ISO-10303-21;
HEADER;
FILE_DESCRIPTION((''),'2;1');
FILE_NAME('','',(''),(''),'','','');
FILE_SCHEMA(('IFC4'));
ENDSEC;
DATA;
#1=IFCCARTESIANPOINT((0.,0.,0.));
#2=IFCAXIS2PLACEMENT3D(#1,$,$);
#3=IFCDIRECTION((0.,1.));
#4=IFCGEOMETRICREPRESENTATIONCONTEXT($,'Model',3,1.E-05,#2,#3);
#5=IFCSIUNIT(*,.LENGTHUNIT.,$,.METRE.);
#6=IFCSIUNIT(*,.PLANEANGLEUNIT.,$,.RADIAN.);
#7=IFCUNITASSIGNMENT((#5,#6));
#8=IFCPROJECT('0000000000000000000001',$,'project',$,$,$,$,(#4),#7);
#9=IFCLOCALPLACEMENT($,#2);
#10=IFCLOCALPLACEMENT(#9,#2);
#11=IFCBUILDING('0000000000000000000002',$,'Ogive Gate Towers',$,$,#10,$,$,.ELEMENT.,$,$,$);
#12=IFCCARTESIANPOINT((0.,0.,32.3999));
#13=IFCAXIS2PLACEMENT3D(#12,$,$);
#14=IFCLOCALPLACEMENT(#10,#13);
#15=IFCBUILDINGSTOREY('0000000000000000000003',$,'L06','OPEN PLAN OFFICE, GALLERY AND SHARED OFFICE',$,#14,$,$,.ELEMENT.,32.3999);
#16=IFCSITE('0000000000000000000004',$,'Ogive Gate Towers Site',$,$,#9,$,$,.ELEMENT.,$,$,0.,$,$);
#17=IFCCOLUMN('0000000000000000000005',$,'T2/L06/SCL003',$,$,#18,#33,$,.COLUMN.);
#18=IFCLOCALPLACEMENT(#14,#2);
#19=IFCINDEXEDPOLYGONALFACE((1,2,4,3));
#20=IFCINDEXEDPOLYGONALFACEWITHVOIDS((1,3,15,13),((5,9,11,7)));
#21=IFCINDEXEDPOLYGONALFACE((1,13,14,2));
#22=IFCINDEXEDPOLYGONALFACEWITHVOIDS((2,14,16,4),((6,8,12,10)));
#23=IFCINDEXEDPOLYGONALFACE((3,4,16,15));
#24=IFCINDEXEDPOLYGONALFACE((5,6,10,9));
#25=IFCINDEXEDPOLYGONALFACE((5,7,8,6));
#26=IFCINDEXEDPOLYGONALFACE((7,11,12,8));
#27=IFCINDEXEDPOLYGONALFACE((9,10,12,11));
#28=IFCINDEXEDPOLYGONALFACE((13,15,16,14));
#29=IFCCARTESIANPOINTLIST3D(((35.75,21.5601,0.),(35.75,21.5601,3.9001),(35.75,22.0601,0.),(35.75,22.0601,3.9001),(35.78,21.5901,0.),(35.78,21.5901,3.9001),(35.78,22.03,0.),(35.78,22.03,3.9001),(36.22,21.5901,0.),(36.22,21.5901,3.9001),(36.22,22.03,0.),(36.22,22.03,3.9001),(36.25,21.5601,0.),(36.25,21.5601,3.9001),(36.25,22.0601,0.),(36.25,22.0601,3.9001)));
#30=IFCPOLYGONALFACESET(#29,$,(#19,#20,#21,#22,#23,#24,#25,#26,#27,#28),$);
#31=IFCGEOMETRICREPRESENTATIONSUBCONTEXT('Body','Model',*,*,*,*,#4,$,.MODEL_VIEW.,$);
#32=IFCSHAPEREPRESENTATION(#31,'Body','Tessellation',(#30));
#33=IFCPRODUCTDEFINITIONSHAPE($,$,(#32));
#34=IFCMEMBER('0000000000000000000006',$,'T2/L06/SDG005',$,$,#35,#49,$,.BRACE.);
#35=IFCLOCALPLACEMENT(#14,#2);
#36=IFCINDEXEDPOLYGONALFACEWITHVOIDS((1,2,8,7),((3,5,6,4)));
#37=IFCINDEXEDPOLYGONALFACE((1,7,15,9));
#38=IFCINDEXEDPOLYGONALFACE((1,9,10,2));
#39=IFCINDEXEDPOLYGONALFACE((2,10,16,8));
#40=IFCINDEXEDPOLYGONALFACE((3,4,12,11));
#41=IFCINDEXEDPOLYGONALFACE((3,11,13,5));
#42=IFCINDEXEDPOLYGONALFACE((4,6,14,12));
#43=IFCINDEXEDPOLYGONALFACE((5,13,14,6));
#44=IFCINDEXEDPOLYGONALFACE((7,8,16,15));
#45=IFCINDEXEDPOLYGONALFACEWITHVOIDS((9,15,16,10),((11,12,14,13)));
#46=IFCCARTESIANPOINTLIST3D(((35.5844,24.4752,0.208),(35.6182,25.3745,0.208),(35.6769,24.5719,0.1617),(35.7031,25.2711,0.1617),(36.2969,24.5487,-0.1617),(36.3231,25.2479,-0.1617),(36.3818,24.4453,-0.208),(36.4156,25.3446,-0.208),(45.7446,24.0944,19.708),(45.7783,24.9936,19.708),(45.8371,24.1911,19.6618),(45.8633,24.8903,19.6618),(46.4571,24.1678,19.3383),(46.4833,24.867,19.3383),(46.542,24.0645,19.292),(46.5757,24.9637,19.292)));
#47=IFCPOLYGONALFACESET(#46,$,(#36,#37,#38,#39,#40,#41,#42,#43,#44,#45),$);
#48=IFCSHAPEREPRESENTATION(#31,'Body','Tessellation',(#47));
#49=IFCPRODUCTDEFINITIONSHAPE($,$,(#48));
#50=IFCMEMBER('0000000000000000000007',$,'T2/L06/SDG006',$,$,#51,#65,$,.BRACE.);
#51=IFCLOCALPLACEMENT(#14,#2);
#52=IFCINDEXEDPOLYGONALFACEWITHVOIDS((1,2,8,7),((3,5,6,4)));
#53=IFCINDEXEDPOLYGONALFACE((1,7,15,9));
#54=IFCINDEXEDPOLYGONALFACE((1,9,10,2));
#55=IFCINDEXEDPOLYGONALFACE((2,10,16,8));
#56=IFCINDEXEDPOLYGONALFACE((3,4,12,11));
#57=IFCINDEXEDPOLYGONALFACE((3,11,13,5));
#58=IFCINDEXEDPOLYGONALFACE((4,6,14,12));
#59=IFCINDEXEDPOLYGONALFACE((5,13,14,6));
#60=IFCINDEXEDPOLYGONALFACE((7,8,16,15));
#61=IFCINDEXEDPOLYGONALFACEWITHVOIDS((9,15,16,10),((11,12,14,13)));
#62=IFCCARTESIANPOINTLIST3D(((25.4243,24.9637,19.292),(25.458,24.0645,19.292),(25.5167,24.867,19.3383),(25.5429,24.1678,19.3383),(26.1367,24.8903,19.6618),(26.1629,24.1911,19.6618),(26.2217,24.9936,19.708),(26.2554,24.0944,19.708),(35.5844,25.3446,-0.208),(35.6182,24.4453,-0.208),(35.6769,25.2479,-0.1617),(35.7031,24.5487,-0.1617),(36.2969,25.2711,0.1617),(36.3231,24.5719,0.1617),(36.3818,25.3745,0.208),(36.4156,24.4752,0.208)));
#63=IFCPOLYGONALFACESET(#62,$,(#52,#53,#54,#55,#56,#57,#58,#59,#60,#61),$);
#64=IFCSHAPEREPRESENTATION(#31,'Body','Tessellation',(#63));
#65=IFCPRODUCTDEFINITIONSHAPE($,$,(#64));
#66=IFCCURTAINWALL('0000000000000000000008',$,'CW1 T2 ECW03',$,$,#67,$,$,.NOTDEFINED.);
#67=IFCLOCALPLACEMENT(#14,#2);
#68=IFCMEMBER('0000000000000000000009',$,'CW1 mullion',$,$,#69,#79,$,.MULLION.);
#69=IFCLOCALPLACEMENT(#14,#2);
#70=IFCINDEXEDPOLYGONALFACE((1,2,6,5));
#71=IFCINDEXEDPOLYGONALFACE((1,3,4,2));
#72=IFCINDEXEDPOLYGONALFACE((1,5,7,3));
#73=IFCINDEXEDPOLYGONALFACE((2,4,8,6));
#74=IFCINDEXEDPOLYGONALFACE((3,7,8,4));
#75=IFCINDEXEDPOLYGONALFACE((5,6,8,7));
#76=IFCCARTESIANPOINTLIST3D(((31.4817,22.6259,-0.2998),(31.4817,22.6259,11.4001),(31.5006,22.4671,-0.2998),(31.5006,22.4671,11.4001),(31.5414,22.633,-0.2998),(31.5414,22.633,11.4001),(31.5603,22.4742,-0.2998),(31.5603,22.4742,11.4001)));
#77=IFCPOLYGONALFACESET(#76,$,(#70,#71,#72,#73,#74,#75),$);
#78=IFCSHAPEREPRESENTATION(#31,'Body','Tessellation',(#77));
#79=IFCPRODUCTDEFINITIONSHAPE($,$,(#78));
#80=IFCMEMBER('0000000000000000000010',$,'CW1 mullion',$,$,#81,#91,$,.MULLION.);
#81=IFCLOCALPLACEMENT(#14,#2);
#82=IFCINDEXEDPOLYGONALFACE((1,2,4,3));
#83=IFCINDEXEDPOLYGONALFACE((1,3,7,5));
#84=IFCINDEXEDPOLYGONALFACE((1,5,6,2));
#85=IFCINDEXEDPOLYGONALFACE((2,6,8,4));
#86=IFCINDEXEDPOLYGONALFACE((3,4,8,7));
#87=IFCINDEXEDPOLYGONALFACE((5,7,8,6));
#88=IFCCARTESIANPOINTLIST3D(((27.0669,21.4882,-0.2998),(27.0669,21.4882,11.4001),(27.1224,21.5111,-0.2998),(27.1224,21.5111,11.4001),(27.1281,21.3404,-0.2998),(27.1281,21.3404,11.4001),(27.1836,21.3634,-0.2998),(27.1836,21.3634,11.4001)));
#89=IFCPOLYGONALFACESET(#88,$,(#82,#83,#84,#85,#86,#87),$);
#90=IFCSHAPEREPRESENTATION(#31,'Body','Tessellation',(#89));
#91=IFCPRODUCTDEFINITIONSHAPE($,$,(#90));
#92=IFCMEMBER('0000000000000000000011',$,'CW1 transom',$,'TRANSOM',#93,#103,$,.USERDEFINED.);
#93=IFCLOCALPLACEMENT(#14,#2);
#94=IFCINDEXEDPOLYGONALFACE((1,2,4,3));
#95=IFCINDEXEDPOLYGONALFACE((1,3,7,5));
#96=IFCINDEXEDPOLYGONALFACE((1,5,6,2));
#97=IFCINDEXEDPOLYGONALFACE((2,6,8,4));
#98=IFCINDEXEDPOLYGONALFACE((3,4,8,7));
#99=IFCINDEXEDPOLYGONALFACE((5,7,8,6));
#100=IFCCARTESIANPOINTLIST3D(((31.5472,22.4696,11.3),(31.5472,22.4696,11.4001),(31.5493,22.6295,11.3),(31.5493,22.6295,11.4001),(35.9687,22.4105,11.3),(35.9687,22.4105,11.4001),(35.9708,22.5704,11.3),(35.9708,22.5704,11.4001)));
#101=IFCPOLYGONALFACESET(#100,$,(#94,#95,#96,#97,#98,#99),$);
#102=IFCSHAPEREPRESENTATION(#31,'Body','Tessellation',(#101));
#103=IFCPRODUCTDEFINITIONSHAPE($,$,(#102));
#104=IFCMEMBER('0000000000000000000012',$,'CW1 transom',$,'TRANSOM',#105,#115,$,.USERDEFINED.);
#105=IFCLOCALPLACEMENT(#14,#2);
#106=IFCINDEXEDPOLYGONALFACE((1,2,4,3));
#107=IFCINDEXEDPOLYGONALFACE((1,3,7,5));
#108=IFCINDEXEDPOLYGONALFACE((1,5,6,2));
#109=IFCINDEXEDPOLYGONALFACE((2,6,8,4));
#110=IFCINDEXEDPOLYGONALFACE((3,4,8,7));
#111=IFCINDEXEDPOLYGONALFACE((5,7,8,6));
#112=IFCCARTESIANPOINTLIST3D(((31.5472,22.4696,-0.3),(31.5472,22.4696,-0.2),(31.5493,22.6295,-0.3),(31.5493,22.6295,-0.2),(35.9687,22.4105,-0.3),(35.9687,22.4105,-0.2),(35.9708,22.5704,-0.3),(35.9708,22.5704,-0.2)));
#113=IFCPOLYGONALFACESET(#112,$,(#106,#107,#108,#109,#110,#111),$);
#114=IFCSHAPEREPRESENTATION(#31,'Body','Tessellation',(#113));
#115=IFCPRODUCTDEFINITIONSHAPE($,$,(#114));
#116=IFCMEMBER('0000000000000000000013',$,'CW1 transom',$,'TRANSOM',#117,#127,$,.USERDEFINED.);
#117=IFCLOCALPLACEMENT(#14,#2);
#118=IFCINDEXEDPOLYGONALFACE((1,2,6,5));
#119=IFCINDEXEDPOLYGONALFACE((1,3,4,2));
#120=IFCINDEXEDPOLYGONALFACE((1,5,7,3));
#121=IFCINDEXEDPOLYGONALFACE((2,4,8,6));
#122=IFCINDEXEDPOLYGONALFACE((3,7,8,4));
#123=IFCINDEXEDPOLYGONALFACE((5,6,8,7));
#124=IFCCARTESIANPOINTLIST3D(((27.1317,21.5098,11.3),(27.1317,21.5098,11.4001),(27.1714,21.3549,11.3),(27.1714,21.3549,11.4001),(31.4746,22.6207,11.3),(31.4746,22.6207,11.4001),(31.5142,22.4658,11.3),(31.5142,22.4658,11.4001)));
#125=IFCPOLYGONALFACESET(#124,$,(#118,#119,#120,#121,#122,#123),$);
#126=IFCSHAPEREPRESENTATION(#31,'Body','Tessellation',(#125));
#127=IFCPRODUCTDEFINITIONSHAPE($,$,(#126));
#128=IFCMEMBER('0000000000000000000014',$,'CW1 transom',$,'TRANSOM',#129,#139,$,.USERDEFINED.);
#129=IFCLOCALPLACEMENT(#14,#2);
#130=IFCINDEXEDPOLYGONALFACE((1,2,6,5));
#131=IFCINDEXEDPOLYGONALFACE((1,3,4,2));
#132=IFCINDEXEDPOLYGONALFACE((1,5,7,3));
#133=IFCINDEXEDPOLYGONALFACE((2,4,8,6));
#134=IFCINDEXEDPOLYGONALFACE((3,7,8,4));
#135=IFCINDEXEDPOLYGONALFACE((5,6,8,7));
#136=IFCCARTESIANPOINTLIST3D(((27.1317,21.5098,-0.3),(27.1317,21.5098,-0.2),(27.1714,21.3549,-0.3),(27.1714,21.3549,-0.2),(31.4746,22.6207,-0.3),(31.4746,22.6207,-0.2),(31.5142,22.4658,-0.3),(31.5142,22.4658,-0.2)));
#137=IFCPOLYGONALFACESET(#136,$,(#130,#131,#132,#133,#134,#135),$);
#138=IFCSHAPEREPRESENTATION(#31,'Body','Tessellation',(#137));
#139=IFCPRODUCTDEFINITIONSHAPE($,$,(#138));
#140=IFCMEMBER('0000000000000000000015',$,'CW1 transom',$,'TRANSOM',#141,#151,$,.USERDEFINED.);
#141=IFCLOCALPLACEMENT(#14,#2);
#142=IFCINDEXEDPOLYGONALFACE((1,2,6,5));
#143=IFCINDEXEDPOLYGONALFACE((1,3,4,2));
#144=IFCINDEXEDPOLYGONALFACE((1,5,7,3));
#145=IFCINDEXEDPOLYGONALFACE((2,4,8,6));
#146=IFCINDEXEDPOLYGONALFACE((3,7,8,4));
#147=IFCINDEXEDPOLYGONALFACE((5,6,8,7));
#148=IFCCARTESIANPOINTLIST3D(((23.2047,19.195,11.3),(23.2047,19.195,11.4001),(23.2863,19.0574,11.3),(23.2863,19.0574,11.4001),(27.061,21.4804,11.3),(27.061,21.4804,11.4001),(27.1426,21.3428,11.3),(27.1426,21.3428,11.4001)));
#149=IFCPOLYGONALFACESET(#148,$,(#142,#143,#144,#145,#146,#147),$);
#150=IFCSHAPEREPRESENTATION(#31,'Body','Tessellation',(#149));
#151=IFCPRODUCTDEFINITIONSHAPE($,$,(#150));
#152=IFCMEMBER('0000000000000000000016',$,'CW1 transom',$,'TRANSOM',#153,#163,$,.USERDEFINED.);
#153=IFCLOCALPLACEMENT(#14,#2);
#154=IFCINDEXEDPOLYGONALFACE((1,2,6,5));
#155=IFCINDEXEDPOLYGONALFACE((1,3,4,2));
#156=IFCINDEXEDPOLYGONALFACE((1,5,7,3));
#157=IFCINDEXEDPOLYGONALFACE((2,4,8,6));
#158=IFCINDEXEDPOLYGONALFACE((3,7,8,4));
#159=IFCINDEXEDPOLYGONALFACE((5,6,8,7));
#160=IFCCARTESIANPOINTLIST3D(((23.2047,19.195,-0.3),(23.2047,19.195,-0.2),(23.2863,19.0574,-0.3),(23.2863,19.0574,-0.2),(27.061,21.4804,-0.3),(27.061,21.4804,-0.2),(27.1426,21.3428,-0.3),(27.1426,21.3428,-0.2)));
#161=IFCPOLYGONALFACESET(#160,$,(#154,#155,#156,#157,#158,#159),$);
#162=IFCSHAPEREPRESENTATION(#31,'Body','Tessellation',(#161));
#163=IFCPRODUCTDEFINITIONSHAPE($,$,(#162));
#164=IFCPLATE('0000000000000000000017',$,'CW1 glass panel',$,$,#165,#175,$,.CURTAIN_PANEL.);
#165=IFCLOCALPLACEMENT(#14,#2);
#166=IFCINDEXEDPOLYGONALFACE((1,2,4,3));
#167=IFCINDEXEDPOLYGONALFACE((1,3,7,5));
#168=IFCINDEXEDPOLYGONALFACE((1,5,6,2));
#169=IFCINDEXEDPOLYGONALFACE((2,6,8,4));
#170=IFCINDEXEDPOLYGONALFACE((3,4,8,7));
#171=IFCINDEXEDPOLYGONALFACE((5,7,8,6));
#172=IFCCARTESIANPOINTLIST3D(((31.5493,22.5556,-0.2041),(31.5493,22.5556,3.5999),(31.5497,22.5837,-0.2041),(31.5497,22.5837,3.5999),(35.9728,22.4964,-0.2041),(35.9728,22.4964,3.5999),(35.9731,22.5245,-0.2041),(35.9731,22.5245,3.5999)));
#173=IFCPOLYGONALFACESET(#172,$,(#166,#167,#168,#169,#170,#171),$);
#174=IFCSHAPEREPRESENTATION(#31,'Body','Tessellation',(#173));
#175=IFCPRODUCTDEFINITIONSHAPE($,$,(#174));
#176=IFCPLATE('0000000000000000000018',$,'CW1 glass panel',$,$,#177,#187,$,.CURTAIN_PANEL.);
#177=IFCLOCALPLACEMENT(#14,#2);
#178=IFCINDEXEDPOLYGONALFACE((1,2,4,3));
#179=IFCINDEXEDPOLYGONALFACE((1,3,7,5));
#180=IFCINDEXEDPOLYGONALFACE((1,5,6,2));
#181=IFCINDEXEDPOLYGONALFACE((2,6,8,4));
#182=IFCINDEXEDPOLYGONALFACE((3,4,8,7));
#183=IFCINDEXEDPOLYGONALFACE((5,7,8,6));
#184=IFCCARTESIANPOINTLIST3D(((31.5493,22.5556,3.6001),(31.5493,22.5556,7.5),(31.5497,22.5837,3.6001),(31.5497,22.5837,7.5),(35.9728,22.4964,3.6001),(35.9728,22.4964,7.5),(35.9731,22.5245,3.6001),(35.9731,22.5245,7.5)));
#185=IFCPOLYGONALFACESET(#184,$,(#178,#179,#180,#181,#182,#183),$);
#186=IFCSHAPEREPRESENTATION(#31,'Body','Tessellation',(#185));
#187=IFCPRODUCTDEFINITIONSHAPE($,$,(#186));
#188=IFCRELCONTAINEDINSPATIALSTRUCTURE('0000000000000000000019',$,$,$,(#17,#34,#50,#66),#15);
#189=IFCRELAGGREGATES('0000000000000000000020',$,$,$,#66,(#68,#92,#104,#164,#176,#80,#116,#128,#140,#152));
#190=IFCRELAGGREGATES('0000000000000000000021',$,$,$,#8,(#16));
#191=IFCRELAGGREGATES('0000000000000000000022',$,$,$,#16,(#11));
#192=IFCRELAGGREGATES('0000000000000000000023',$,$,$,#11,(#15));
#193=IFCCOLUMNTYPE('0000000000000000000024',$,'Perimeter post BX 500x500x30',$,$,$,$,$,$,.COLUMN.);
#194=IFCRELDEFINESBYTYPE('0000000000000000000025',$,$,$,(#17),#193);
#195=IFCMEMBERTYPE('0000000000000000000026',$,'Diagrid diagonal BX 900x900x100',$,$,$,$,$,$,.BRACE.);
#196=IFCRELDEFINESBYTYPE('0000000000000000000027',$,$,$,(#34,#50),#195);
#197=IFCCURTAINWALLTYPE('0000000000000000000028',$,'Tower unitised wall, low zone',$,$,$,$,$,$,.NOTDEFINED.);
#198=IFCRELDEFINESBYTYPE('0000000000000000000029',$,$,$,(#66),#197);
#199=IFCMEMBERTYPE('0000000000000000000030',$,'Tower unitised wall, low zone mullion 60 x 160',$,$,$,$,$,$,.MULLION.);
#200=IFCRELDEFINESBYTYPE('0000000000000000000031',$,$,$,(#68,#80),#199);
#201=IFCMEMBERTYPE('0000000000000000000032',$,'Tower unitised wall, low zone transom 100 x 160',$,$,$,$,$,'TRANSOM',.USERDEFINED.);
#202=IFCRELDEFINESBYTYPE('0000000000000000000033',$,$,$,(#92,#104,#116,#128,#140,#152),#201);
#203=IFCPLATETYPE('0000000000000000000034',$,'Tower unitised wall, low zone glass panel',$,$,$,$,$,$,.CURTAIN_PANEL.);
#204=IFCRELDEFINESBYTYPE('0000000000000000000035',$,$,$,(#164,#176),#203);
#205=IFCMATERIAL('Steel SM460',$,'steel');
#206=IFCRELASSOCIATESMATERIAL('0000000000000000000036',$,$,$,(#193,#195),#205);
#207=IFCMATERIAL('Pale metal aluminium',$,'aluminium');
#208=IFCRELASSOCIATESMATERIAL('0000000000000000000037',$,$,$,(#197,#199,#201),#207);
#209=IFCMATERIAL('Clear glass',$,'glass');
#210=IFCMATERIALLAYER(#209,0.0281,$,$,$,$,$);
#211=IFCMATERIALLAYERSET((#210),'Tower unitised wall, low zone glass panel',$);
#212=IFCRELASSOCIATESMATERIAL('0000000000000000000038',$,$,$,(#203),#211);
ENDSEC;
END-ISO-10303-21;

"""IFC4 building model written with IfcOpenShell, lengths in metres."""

from ifc_helpers import new_model, si_unit, direction, frame, origin, origin_2d, place, context, subcontext, project, spatial, rectangle, hollow_rectangle, extrude, material, layer, layer_set, material_profile, profile_set, type_object, element, aggregate, save


model = new_model("IFC4")

# Units and contexts
model_context = context("Model", 3, precision=1e-05, world=origin(), true_north=direction((0.0, 1.0)))
body_context = subcontext(model_context, "Body", "Model", "MODEL_VIEW")
ifc_project = project(units=[si_unit("LENGTHUNIT", "METRE"), si_unit("PLANEANGLEUNIT", "RADIAN")], contexts=[model_context])

# Site, building, storey
site_placement = place(None, origin())
site = spatial("IfcSite", under=ifc_project, at=site_placement, Name="Ogive Gate Towers Site", CompositionType="ELEMENT", RefElevation=0.0)
building_placement = place(site_placement, origin())
building = spatial("IfcBuilding", under=site, at=building_placement, Name="Ogive Gate Towers", CompositionType="ELEMENT")
storey_placement = place(building_placement, frame((0.0, 0.0, 32.3999)))
storey = spatial("IfcBuildingStorey", under=building, at=storey_placement, Name="L06", Description="OPEN PLAN OFFICE, GALLERY AND SHARED OFFICE", CompositionType="ELEMENT", Elevation=32.3999)

# Column
ifc_material_1 = material(Name="Steel SM460", Category="steel")
ifc_material_profile_1 = material_profile(ifc_material_1, hollow_rectangle(XDim=0.5, YDim=0.5, WallThickness=0.03, at=origin_2d()), Name="BX 500x500x30")
ifc_profile_set_1 = profile_set([ifc_material_profile_1], Name="Steel SM460")
column_type = type_object("IfcColumnType", Name="Perimeter post BX 500x500x30", PredefinedType="COLUMN", material=ifc_profile_set_1)
column_placement = place(storey_placement, frame((36.0, 21.8101, 0.0), z_axis=(0.0, 0.0, 1.0), x_axis=(1.0, 0.0, 0.0)))
element("IfcColumn", 1, at=column_placement, inside=storey, type_object=column_type, Name="T2/L06/SCL003", PredefinedType="COLUMN", context=body_context, shape_type="SweptSolid", body=[
    extrude(hollow_rectangle(XDim=0.5, YDim=0.5, WallThickness=0.03, at=origin_2d()), origin(), (0.0, 0.0, 1.0), 3.9001),
])

# Members
ifc_material_profile_2 = material_profile(ifc_material_1, hollow_rectangle(XDim=0.8999, YDim=0.8999, WallThickness=0.1001, at=origin_2d()), Name="BX 900x900x100")
ifc_profile_set_2 = profile_set([ifc_material_profile_2], Name="Steel SM460")
member_type_1 = type_object("IfcMemberType", Name="Diagrid diagonal BX 900x900x100", PredefinedType="BRACE", material=ifc_profile_set_2)
for number, where, z_axis, x_axis, name in (
    (2, (36.0, 24.9099, 0.0), (0.462005, -0.017319, 0.886708), (0.037459, 0.999298, 0.0), "T2/L06/SDG005"),
    (3, (36.0, 24.9099, 0.0), (-0.462005, -0.017319, 0.886708), (0.037459, -0.999298, 0.0), "T2/L06/SDG006"),
):
    element("IfcMember", number, at=place(storey_placement, frame(where, z_axis=z_axis, x_axis=x_axis)), inside=storey, type_object=member_type_1, Name=name, PredefinedType="BRACE", context=body_context, shape_type="SweptSolid", body=[
        extrude(hollow_rectangle(XDim=0.8999, YDim=0.8999, WallThickness=0.1001, at=origin_2d()), origin(), (0.0, 0.0, 1.0), 21.9915),
    ])

# Curtain wall, members, plates
ifc_material_2 = material(Name="Pale metal aluminium", Category="aluminium")
curtain_wall_type = type_object("IfcCurtainWallType", Name="Tower unitised wall, low zone", PredefinedType="NOTDEFINED", material=ifc_material_2)
curtain_wall_placement = place(storey_placement, origin())
curtain_wall = element("IfcCurtainWall", 4, at=curtain_wall_placement, inside=storey, type_object=curtain_wall_type, Name="CW1 T2 ECW03", PredefinedType="NOTDEFINED")
ifc_material_profile_3 = material_profile(ifc_material_2, rectangle(XDim=0.1599, YDim=0.0601, at=origin_2d()), Name="60 x 160 aluminium box")
ifc_profile_set_3 = profile_set([ifc_material_profile_3], Name="Pale metal aluminium")
member_type_2 = type_object("IfcMemberType", Name="Tower unitised wall, low zone mullion 60 x 160", PredefinedType="MULLION", material=ifc_profile_set_3)
member_1_placement = place(storey_placement, frame((31.521, 22.55, -0.2998), z_axis=(0.0, 0.0, 1.0), x_axis=(-0.118248, 0.992984, 0.0)))
member_1 = element("IfcMember", 5, at=member_1_placement, type_object=member_type_2, Name="CW1 mullion", PredefinedType="MULLION", context=body_context, shape_type="SweptSolid", body=[
    extrude(rectangle(XDim=0.1599, YDim=0.0601, at=origin_2d()), origin(), (0.0, 0.0, 1.0), 11.7),
])
member_2_placement = place(storey_placement, frame((27.1252, 21.4258, -0.2998), z_axis=(0.0, 0.0, 1.0), x_axis=(-0.382683, 0.92388, 0.0)))
member_2 = element("IfcMember", 6, at=member_2_placement, type_object=member_type_2, Name="CW1 mullion", PredefinedType="MULLION", context=body_context, shape_type="SweptSolid", body=[
    extrude(rectangle(XDim=0.1599, YDim=0.0601, at=origin_2d()), origin(), (0.0, 0.0, 1.0), 11.7),
])
ifc_material_profile_4 = material_profile(ifc_material_2, rectangle(XDim=0.1599, YDim=0.1001, at=origin_2d()), Name="100 x 160 aluminium box")
ifc_profile_set_4 = profile_set([ifc_material_profile_4], Name="Pale metal aluminium")
member_type_3 = type_object("IfcMemberType", Name="Tower unitised wall, low zone transom 100 x 160", ElementType="TRANSOM", PredefinedType="USERDEFINED", material=ifc_profile_set_4)
member_3_placement = place(storey_placement, frame((35.9697, 22.4905, 11.3501), z_axis=(-0.999911, 0.013362, 0.0), x_axis=(-0.013362, -0.999911, 0.0)))
member_3 = element("IfcMember", 7, at=member_3_placement, type_object=member_type_3, Name="CW1 transom", ObjectType="TRANSOM", PredefinedType="USERDEFINED", context=body_context, shape_type="SweptSolid", body=[
    extrude(rectangle(XDim=0.1599, YDim=0.1001, at=origin_2d()), origin(), (0.0, 0.0, 1.0), 4.4219),
])
member_4_placement = place(storey_placement, frame((35.9697, 22.4905, -0.25), z_axis=(-0.999911, 0.013362, 0.0), x_axis=(-0.013362, -0.999911, 0.0)))
member_4 = element("IfcMember", 8, at=member_4_placement, type_object=member_type_3, Name="CW1 transom", ObjectType="TRANSOM", PredefinedType="USERDEFINED", context=body_context, shape_type="SweptSolid", body=[
    extrude(rectangle(XDim=0.1599, YDim=0.1001, at=origin_2d()), origin(), (0.0, 0.0, 1.0), 4.4219),
])
member_5_placement = place(storey_placement, frame((31.4944, 22.5432, 11.3501), z_axis=(-0.968808, -0.247812, 0.0), x_axis=(0.247812, -0.968808, 0.0)))
member_5 = element("IfcMember", 9, at=member_5_placement, type_object=member_type_3, Name="CW1 transom", ObjectType="TRANSOM", PredefinedType="USERDEFINED", context=body_context, shape_type="SweptSolid", body=[
    extrude(rectangle(XDim=0.1599, YDim=0.1001, at=origin_2d()), origin(), (0.0, 0.0, 1.0), 4.4827),
])
member_6_placement = place(storey_placement, frame((31.4944, 22.5432, -0.25), z_axis=(-0.968808, -0.247812, 0.0), x_axis=(0.247812, -0.968808, 0.0)))
member_6 = element("IfcMember", 10, at=member_6_placement, type_object=member_type_3, Name="CW1 transom", ObjectType="TRANSOM", PredefinedType="USERDEFINED", context=body_context, shape_type="SweptSolid", body=[
    extrude(rectangle(XDim=0.1599, YDim=0.1001, at=origin_2d()), origin(), (0.0, 0.0, 1.0), 4.4827),
])
member_7_placement = place(storey_placement, frame((27.1018, 21.4116, 11.3501), z_axis=(-0.860268, -0.509843, 0.0), x_axis=(0.509843, -0.860268, 0.0)))
member_7 = element("IfcMember", 11, at=member_7_placement, type_object=member_type_3, Name="CW1 transom", ObjectType="TRANSOM", PredefinedType="USERDEFINED", context=body_context, shape_type="SweptSolid", body=[
    extrude(rectangle(XDim=0.1599, YDim=0.1001, at=origin_2d()), origin(), (0.0, 0.0, 1.0), 4.4827),
])
member_8_placement = place(storey_placement, frame((27.1018, 21.4116, -0.25), z_axis=(-0.860268, -0.509843, 0.0), x_axis=(0.509843, -0.860268, 0.0)))
member_8 = element("IfcMember", 12, at=member_8_placement, type_object=member_type_3, Name="CW1 transom", ObjectType="TRANSOM", PredefinedType="USERDEFINED", context=body_context, shape_type="SweptSolid", body=[
    extrude(rectangle(XDim=0.1599, YDim=0.1001, at=origin_2d()), origin(), (0.0, 0.0, 1.0), 4.4827),
])
ifc_material_3 = material(Name="Clear glass", Category="glass")
ifc_layer = layer(ifc_material_3, 0.0281)
ifc_layer_set = layer_set([ifc_layer], Name="Tower unitised wall, low zone glass panel")
plate_type = type_object("IfcPlateType", Name="Tower unitised wall, low zone glass panel", PredefinedType="CURTAIN_PANEL", material=ifc_layer_set)
plate_1_placement = place(storey_placement, frame((33.7612, 22.54, -0.2041), z_axis=(0.0, 0.0, 1.0), x_axis=(-0.99991, 0.013386, 0.0)))
plate_1 = element("IfcPlate", 13, at=plate_1_placement, type_object=plate_type, Name="CW1 glass panel", PredefinedType="CURTAIN_PANEL", context=body_context, shape_type="SweptSolid", body=[
    extrude(rectangle(XDim=4.4238, YDim=0.0281, at=origin_2d()), origin(), (0.0, 0.0, 1.0), 3.804),
])
plate_2_placement = place(storey_placement, frame((33.7612, 22.54, 3.6001), z_axis=(0.0, 0.0, 1.0), x_axis=(-0.99991, 0.013386, 0.0)))
plate_2 = element("IfcPlate", 14, at=plate_2_placement, type_object=plate_type, Name="CW1 glass panel", PredefinedType="CURTAIN_PANEL", context=body_context, shape_type="SweptSolid", body=[
    extrude(rectangle(XDim=4.4238, YDim=0.0281, at=origin_2d()), origin(), (0.0, 0.0, 1.0), 3.8999),
])
aggregate(curtain_wall, [member_1, member_3, member_4, plate_1, plate_2, member_2, member_5, member_6, member_7, member_8])

save(model, "model.ifc")
